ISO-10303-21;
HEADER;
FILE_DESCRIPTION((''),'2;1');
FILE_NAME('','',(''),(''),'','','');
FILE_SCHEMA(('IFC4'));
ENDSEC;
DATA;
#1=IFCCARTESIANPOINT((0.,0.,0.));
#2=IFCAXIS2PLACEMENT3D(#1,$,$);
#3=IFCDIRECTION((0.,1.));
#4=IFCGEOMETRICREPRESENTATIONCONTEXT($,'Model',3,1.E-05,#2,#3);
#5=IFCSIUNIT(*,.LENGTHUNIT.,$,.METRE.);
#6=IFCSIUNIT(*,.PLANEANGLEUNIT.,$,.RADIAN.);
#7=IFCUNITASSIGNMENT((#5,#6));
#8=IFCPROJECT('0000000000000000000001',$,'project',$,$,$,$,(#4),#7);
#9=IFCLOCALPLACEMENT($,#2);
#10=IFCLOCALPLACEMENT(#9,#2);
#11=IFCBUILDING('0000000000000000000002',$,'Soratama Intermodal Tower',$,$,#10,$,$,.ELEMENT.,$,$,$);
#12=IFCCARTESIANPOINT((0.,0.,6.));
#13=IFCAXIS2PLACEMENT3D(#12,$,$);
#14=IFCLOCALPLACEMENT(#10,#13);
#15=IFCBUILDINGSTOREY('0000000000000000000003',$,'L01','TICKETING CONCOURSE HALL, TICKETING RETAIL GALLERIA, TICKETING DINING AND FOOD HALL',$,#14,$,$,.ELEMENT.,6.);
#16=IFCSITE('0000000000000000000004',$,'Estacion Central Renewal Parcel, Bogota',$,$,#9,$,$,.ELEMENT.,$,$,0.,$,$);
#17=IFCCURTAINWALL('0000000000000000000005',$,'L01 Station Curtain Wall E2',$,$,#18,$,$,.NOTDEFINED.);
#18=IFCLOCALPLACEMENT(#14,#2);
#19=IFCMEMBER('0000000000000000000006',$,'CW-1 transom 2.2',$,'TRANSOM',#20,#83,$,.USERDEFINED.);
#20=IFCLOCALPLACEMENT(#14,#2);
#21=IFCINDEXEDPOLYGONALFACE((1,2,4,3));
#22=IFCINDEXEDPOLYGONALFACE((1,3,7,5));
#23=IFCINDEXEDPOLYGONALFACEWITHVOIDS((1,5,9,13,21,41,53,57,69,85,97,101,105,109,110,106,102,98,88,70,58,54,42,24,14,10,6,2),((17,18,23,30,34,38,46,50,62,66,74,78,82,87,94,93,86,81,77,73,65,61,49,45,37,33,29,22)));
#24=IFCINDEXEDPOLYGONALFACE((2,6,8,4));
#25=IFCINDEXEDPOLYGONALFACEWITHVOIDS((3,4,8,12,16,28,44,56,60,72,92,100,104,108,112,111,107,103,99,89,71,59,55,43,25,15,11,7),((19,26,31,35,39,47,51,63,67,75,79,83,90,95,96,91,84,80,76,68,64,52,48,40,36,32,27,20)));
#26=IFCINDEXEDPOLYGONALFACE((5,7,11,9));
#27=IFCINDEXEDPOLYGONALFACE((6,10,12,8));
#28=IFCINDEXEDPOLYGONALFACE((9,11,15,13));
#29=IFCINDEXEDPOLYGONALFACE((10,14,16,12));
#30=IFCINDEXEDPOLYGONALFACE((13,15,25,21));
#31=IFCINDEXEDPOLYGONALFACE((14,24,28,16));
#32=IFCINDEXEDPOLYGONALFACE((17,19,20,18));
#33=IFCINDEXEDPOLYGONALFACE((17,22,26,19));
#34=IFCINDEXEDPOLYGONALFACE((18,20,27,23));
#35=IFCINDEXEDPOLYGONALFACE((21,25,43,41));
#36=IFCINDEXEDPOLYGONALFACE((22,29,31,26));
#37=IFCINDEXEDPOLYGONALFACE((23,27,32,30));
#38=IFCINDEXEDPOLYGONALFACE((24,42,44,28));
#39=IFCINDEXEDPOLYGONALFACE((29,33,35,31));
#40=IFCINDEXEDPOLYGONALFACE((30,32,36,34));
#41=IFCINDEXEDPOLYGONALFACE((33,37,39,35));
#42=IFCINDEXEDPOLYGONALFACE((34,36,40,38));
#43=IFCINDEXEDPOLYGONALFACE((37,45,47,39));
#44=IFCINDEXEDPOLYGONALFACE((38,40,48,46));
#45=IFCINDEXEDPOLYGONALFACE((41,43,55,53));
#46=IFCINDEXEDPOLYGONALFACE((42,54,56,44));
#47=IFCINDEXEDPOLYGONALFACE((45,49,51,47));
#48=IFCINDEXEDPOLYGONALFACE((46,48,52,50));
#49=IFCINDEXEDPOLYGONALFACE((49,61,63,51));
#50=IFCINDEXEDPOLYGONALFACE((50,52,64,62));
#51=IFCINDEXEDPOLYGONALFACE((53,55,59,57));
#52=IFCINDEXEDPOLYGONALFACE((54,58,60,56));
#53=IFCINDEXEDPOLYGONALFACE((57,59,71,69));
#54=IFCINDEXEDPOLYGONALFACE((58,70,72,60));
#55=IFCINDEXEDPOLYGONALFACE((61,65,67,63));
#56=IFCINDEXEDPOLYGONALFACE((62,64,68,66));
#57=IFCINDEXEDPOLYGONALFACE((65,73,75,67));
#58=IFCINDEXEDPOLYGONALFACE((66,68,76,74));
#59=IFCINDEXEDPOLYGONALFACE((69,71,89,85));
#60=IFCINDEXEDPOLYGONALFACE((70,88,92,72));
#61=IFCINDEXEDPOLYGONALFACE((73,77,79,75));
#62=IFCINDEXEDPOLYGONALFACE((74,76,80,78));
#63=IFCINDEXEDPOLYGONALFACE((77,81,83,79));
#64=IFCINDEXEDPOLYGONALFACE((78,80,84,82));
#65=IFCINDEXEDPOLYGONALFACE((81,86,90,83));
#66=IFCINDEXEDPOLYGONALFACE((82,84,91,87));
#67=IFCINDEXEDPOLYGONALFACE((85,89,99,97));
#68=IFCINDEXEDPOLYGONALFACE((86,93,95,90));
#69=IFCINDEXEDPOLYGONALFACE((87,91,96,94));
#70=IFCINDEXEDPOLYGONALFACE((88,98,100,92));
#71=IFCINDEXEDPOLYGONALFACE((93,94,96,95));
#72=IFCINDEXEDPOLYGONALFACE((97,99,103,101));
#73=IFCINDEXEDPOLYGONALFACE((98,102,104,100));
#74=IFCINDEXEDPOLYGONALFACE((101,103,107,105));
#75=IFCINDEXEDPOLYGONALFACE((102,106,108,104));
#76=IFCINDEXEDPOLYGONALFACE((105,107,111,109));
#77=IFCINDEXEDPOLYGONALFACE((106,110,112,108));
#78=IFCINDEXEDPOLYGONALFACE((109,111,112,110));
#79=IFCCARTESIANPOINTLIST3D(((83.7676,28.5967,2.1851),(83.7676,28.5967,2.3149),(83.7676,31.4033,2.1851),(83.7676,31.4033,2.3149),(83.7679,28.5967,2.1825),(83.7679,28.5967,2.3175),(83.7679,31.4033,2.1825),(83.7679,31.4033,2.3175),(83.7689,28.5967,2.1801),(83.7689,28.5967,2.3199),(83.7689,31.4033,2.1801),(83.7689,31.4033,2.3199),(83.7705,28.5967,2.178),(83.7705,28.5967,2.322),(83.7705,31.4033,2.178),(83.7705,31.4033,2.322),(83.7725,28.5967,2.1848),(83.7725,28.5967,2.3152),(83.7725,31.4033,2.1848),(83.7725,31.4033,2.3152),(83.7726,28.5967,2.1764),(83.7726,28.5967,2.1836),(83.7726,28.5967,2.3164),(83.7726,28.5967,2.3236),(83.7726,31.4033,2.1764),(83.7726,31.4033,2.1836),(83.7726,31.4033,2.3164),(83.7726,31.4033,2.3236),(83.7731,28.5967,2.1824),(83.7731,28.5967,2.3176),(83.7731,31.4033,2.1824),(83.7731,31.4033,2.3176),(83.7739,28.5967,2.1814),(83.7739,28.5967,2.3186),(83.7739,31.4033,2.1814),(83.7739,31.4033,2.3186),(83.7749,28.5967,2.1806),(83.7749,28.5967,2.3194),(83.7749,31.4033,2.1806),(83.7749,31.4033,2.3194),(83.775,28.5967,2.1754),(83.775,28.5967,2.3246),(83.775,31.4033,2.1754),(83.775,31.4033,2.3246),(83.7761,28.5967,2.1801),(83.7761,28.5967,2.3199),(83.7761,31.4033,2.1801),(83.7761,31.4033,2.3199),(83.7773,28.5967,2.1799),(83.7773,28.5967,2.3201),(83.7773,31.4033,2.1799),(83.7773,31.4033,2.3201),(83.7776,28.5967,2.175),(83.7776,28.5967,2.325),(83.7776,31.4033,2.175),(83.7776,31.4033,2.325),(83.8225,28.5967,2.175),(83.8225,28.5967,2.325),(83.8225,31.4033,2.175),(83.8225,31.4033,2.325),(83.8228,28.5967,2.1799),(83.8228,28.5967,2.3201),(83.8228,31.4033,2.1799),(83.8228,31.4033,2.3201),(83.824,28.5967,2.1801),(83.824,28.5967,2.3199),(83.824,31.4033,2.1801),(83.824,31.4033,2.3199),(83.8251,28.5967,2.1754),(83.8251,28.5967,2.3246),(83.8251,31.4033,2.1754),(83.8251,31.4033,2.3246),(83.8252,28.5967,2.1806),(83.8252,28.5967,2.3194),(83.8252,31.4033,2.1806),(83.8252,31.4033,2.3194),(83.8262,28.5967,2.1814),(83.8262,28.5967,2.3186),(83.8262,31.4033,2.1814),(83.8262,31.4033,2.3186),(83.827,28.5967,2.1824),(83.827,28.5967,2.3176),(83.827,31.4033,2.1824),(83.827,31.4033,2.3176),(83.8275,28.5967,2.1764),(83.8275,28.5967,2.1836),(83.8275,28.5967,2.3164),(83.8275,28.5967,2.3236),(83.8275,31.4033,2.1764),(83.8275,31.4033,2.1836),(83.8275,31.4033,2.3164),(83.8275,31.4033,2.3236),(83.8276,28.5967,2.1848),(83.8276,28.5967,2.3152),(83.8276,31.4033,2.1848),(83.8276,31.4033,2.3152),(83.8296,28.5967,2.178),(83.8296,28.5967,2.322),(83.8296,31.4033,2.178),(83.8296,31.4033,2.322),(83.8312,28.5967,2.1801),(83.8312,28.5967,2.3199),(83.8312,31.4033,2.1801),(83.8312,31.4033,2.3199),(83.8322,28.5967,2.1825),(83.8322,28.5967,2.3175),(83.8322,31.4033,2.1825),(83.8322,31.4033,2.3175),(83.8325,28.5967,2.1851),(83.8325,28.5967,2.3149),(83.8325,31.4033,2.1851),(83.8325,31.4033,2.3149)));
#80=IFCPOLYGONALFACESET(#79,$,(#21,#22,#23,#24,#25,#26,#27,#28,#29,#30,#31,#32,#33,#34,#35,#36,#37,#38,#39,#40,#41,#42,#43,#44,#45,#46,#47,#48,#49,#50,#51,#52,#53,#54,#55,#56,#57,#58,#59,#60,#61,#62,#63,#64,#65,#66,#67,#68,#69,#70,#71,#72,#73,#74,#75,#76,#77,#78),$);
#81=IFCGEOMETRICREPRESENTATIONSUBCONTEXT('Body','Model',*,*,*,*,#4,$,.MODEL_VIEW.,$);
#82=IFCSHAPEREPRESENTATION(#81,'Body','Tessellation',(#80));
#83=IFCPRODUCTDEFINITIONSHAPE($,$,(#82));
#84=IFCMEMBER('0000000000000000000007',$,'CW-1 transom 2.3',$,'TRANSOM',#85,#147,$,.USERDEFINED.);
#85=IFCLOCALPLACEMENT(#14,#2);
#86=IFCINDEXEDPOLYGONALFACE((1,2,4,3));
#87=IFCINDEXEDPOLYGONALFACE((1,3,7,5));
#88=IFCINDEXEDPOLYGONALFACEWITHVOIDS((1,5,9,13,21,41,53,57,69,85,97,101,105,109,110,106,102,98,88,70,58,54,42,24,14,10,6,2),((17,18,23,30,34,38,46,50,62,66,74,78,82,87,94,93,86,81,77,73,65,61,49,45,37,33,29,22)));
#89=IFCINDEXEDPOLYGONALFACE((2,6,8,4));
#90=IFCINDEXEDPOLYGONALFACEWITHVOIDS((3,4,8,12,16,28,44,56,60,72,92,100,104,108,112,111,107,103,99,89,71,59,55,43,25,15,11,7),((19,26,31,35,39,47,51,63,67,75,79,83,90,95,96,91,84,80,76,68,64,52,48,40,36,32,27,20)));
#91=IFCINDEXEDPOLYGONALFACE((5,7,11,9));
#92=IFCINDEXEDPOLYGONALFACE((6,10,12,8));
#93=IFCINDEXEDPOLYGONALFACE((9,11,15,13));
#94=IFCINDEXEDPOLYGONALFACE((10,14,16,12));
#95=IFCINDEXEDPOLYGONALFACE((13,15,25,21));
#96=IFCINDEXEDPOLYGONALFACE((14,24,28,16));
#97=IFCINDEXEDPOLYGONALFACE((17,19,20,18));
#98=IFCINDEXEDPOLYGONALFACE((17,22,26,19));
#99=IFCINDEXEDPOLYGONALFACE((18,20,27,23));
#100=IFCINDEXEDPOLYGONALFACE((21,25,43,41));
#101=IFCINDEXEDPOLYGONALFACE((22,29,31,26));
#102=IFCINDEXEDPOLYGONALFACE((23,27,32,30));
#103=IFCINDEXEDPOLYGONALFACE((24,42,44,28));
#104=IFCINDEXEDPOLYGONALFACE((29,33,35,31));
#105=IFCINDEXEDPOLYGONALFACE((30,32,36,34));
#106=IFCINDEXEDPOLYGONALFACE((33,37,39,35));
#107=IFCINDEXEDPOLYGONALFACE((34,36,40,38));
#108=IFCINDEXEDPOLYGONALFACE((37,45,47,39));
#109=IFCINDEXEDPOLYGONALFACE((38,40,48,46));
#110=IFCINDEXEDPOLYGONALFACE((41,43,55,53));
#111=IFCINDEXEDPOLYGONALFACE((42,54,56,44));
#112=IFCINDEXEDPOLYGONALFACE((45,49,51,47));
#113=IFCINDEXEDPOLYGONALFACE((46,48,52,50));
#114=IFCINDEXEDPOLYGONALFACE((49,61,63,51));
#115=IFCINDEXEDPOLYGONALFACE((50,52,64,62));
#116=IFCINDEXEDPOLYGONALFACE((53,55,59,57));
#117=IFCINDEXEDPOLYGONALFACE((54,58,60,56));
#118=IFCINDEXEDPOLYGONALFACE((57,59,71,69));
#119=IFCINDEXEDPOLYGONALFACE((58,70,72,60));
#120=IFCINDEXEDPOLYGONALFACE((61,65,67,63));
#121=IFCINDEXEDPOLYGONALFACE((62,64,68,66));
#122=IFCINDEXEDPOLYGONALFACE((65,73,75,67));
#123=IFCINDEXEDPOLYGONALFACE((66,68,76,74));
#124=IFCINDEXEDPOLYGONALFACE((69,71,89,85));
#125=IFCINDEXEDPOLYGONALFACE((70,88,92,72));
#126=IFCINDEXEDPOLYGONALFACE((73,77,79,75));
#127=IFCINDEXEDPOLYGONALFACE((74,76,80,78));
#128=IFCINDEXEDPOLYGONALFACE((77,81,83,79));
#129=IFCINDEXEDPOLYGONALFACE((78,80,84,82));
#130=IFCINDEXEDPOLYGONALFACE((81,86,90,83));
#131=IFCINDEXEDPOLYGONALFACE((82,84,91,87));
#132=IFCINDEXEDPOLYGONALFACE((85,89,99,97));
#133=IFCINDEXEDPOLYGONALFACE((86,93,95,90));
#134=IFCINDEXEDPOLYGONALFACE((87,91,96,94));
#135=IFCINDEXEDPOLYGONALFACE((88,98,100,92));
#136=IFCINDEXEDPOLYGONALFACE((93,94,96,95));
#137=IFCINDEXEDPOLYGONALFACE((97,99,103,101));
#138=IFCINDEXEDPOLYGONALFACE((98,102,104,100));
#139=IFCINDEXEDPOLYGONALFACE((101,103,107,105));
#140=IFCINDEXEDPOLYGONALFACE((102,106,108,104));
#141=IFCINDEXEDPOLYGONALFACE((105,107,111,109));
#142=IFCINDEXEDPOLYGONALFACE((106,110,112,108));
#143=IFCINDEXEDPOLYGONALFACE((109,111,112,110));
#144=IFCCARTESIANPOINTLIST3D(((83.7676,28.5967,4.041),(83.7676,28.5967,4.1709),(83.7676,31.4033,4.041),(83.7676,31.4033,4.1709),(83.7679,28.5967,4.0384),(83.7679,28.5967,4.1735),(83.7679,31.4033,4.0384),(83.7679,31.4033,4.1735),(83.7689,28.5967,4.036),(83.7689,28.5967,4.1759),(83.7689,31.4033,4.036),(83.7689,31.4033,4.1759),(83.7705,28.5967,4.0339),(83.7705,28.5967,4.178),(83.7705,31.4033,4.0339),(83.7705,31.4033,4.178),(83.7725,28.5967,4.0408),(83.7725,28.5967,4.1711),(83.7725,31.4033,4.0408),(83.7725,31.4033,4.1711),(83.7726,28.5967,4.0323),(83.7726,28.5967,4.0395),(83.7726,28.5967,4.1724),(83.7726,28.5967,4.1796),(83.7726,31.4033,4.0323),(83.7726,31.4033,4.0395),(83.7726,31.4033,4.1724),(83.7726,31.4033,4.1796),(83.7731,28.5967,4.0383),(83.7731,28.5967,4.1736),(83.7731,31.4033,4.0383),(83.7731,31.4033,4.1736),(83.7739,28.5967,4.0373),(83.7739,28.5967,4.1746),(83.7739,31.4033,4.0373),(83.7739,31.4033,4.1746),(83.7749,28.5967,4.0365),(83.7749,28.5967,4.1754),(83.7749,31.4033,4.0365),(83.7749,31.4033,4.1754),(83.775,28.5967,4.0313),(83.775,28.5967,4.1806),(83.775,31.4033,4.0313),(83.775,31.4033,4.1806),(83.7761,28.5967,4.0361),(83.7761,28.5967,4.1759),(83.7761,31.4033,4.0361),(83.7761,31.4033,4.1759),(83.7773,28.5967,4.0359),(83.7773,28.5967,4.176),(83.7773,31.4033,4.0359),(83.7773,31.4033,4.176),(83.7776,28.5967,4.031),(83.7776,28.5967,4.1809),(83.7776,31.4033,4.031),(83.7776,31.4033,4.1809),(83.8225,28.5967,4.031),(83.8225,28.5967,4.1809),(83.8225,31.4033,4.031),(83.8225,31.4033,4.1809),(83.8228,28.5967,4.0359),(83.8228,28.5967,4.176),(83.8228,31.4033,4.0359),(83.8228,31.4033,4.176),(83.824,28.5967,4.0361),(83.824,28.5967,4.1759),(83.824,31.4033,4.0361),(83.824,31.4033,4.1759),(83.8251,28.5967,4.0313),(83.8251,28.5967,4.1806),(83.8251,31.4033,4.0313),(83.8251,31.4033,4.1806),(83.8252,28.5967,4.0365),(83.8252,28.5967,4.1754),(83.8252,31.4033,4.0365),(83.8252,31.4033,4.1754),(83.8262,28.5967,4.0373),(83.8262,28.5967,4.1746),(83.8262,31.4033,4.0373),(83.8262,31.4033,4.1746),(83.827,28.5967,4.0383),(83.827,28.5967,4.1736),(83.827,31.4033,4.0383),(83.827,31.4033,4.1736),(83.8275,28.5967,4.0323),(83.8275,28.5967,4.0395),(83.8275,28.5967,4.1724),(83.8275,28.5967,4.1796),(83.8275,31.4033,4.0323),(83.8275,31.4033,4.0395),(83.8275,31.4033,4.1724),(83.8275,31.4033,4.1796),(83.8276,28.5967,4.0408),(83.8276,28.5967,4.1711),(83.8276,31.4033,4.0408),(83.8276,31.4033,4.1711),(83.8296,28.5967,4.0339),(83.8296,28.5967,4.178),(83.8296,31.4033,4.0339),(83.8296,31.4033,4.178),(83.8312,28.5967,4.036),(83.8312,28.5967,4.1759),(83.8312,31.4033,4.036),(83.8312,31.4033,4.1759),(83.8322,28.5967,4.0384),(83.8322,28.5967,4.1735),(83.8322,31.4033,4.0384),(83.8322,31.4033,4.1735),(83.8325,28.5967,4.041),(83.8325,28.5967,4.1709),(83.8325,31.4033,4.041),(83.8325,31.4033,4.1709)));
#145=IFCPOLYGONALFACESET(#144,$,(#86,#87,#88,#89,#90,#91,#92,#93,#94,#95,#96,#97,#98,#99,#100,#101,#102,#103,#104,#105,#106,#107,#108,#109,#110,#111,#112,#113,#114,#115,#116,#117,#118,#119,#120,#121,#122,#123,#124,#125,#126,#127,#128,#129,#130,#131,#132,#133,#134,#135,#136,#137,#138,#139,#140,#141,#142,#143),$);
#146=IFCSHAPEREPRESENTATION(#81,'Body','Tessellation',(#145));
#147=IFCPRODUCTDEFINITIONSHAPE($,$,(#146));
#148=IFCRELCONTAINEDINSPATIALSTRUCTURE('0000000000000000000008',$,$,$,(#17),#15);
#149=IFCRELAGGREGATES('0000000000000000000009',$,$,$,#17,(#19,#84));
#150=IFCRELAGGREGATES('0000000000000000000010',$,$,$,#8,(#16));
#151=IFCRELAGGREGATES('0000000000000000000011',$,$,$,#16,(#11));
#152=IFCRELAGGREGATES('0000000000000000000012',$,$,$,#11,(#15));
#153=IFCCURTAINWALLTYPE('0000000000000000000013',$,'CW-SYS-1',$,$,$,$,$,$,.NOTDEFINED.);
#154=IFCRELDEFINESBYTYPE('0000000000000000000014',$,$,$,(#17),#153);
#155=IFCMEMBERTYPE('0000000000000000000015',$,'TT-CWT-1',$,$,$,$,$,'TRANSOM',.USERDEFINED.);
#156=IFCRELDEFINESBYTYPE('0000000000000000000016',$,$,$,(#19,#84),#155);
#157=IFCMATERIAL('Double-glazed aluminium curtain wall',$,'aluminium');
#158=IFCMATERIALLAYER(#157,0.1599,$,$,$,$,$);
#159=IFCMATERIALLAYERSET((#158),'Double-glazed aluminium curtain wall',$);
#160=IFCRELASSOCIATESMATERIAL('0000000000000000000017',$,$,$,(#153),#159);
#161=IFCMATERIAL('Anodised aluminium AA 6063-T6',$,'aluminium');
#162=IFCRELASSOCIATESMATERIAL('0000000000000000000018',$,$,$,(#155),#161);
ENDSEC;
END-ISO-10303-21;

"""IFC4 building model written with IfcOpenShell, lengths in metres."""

from ifc_helpers import new_model, si_unit, direction, frame, origin, origin_2d, place, context, subcontext, project, spatial, hollow_rectangle, extrude, material, layer, layer_set, material_profile, profile_set, type_object, element, aggregate, save


model = new_model("IFC4")

# Units and contexts
model_context = context("Model", 3, precision=1e-05, world=origin(), true_north=direction((0.0, 1.0)))
body_context = subcontext(model_context, "Body", "Model", "MODEL_VIEW")
ifc_project = project(units=[si_unit("LENGTHUNIT", "METRE"), si_unit("PLANEANGLEUNIT", "RADIAN")], contexts=[model_context])

# Site, building, storey
site_placement = place(None, origin())
site = spatial("IfcSite", under=ifc_project, at=site_placement, Name="Estacion Central Renewal Parcel, Bogota", CompositionType="ELEMENT", RefElevation=0.0)
building_placement = place(site_placement, origin())
building = spatial("IfcBuilding", under=site, at=building_placement, Name="Soratama Intermodal Tower", CompositionType="ELEMENT")
storey_placement = place(building_placement, frame((0.0, 0.0, 6.0)))
storey = spatial("IfcBuildingStorey", under=building, at=storey_placement, Name="L01", Description="TICKETING CONCOURSE HALL, TICKETING RETAIL GALLERIA, TICKETING DINING AND FOOD HALL", CompositionType="ELEMENT", Elevation=6.0)

# Curtain wall, members
ifc_material_1 = material(Name="Double-glazed aluminium curtain wall", Category="aluminium")
ifc_layer_1 = layer(ifc_material_1, 0.1599)
ifc_layer_set_1 = layer_set([ifc_layer_1], Name="Double-glazed aluminium curtain wall")
curtain_wall_type = type_object("IfcCurtainWallType", Name="CW-SYS-1", PredefinedType="NOTDEFINED", material=ifc_layer_set_1)
curtain_wall_placement = place(storey_placement, origin())
curtain_wall = element("IfcCurtainWall", 1, at=curtain_wall_placement, inside=storey, type_object=curtain_wall_type, Name="L01 Station Curtain Wall E2", PredefinedType="NOTDEFINED")
ifc_material_2 = material(Name="Anodised aluminium AA 6063-T6", Category="aluminium")
ifc_material_profile_1 = material_profile(ifc_material_2, hollow_rectangle(XDim=0.0649, YDim=0.1499, WallThickness=0.0049, InnerFilletRadius=0.0049, OuterFilletRadius=0.01, at=origin_2d()), Name="CWT150X65X5")
ifc_profile_set_1 = profile_set([ifc_material_profile_1], Name="Anodised aluminium AA 6063-T6")
member_type_1 = type_object("IfcMemberType", Name="TT-CWT-1", ElementType="TRANSOM", PredefinedType="USERDEFINED", material=ifc_profile_set_1)
member_1_placement = place(storey_placement, frame((83.8, 28.5967, 2.25), z_axis=(0.0, 1.0, 0.0), x_axis=(-1.0, 0.0, 0.0)))
member_1 = element("IfcMember", 2, at=member_1_placement, type_object=member_type_1, Name="CW-1 transom 2.2", ObjectType="TRANSOM", PredefinedType="USERDEFINED", context=body_context, shape_type="SweptSolid", body=[
    extrude(hollow_rectangle(XDim=0.0649, YDim=0.1499, WallThickness=0.0049, InnerFilletRadius=0.0049, OuterFilletRadius=0.01, at=origin_2d()), origin(), (0.0, 0.0, 1.0), 2.8066),
])
member_2_placement = place(storey_placement, frame((83.8, 28.5967, 4.106), z_axis=(0.0, 1.0, 0.0), x_axis=(-1.0, 0.0, 0.0)))
member_2 = element("IfcMember", 3, at=member_2_placement, type_object=member_type_1, Name="CW-1 transom 2.3", ObjectType="TRANSOM", PredefinedType="USERDEFINED", context=body_context, shape_type="SweptSolid", body=[
    extrude(hollow_rectangle(XDim=0.0649, YDim=0.1499, WallThickness=0.0049, InnerFilletRadius=0.0049, OuterFilletRadius=0.01, at=origin_2d()), origin(), (0.0, 0.0, 1.0), 2.8066),
])
aggregate(curtain_wall, [member_1, member_2])

save(model, "model.ifc")
